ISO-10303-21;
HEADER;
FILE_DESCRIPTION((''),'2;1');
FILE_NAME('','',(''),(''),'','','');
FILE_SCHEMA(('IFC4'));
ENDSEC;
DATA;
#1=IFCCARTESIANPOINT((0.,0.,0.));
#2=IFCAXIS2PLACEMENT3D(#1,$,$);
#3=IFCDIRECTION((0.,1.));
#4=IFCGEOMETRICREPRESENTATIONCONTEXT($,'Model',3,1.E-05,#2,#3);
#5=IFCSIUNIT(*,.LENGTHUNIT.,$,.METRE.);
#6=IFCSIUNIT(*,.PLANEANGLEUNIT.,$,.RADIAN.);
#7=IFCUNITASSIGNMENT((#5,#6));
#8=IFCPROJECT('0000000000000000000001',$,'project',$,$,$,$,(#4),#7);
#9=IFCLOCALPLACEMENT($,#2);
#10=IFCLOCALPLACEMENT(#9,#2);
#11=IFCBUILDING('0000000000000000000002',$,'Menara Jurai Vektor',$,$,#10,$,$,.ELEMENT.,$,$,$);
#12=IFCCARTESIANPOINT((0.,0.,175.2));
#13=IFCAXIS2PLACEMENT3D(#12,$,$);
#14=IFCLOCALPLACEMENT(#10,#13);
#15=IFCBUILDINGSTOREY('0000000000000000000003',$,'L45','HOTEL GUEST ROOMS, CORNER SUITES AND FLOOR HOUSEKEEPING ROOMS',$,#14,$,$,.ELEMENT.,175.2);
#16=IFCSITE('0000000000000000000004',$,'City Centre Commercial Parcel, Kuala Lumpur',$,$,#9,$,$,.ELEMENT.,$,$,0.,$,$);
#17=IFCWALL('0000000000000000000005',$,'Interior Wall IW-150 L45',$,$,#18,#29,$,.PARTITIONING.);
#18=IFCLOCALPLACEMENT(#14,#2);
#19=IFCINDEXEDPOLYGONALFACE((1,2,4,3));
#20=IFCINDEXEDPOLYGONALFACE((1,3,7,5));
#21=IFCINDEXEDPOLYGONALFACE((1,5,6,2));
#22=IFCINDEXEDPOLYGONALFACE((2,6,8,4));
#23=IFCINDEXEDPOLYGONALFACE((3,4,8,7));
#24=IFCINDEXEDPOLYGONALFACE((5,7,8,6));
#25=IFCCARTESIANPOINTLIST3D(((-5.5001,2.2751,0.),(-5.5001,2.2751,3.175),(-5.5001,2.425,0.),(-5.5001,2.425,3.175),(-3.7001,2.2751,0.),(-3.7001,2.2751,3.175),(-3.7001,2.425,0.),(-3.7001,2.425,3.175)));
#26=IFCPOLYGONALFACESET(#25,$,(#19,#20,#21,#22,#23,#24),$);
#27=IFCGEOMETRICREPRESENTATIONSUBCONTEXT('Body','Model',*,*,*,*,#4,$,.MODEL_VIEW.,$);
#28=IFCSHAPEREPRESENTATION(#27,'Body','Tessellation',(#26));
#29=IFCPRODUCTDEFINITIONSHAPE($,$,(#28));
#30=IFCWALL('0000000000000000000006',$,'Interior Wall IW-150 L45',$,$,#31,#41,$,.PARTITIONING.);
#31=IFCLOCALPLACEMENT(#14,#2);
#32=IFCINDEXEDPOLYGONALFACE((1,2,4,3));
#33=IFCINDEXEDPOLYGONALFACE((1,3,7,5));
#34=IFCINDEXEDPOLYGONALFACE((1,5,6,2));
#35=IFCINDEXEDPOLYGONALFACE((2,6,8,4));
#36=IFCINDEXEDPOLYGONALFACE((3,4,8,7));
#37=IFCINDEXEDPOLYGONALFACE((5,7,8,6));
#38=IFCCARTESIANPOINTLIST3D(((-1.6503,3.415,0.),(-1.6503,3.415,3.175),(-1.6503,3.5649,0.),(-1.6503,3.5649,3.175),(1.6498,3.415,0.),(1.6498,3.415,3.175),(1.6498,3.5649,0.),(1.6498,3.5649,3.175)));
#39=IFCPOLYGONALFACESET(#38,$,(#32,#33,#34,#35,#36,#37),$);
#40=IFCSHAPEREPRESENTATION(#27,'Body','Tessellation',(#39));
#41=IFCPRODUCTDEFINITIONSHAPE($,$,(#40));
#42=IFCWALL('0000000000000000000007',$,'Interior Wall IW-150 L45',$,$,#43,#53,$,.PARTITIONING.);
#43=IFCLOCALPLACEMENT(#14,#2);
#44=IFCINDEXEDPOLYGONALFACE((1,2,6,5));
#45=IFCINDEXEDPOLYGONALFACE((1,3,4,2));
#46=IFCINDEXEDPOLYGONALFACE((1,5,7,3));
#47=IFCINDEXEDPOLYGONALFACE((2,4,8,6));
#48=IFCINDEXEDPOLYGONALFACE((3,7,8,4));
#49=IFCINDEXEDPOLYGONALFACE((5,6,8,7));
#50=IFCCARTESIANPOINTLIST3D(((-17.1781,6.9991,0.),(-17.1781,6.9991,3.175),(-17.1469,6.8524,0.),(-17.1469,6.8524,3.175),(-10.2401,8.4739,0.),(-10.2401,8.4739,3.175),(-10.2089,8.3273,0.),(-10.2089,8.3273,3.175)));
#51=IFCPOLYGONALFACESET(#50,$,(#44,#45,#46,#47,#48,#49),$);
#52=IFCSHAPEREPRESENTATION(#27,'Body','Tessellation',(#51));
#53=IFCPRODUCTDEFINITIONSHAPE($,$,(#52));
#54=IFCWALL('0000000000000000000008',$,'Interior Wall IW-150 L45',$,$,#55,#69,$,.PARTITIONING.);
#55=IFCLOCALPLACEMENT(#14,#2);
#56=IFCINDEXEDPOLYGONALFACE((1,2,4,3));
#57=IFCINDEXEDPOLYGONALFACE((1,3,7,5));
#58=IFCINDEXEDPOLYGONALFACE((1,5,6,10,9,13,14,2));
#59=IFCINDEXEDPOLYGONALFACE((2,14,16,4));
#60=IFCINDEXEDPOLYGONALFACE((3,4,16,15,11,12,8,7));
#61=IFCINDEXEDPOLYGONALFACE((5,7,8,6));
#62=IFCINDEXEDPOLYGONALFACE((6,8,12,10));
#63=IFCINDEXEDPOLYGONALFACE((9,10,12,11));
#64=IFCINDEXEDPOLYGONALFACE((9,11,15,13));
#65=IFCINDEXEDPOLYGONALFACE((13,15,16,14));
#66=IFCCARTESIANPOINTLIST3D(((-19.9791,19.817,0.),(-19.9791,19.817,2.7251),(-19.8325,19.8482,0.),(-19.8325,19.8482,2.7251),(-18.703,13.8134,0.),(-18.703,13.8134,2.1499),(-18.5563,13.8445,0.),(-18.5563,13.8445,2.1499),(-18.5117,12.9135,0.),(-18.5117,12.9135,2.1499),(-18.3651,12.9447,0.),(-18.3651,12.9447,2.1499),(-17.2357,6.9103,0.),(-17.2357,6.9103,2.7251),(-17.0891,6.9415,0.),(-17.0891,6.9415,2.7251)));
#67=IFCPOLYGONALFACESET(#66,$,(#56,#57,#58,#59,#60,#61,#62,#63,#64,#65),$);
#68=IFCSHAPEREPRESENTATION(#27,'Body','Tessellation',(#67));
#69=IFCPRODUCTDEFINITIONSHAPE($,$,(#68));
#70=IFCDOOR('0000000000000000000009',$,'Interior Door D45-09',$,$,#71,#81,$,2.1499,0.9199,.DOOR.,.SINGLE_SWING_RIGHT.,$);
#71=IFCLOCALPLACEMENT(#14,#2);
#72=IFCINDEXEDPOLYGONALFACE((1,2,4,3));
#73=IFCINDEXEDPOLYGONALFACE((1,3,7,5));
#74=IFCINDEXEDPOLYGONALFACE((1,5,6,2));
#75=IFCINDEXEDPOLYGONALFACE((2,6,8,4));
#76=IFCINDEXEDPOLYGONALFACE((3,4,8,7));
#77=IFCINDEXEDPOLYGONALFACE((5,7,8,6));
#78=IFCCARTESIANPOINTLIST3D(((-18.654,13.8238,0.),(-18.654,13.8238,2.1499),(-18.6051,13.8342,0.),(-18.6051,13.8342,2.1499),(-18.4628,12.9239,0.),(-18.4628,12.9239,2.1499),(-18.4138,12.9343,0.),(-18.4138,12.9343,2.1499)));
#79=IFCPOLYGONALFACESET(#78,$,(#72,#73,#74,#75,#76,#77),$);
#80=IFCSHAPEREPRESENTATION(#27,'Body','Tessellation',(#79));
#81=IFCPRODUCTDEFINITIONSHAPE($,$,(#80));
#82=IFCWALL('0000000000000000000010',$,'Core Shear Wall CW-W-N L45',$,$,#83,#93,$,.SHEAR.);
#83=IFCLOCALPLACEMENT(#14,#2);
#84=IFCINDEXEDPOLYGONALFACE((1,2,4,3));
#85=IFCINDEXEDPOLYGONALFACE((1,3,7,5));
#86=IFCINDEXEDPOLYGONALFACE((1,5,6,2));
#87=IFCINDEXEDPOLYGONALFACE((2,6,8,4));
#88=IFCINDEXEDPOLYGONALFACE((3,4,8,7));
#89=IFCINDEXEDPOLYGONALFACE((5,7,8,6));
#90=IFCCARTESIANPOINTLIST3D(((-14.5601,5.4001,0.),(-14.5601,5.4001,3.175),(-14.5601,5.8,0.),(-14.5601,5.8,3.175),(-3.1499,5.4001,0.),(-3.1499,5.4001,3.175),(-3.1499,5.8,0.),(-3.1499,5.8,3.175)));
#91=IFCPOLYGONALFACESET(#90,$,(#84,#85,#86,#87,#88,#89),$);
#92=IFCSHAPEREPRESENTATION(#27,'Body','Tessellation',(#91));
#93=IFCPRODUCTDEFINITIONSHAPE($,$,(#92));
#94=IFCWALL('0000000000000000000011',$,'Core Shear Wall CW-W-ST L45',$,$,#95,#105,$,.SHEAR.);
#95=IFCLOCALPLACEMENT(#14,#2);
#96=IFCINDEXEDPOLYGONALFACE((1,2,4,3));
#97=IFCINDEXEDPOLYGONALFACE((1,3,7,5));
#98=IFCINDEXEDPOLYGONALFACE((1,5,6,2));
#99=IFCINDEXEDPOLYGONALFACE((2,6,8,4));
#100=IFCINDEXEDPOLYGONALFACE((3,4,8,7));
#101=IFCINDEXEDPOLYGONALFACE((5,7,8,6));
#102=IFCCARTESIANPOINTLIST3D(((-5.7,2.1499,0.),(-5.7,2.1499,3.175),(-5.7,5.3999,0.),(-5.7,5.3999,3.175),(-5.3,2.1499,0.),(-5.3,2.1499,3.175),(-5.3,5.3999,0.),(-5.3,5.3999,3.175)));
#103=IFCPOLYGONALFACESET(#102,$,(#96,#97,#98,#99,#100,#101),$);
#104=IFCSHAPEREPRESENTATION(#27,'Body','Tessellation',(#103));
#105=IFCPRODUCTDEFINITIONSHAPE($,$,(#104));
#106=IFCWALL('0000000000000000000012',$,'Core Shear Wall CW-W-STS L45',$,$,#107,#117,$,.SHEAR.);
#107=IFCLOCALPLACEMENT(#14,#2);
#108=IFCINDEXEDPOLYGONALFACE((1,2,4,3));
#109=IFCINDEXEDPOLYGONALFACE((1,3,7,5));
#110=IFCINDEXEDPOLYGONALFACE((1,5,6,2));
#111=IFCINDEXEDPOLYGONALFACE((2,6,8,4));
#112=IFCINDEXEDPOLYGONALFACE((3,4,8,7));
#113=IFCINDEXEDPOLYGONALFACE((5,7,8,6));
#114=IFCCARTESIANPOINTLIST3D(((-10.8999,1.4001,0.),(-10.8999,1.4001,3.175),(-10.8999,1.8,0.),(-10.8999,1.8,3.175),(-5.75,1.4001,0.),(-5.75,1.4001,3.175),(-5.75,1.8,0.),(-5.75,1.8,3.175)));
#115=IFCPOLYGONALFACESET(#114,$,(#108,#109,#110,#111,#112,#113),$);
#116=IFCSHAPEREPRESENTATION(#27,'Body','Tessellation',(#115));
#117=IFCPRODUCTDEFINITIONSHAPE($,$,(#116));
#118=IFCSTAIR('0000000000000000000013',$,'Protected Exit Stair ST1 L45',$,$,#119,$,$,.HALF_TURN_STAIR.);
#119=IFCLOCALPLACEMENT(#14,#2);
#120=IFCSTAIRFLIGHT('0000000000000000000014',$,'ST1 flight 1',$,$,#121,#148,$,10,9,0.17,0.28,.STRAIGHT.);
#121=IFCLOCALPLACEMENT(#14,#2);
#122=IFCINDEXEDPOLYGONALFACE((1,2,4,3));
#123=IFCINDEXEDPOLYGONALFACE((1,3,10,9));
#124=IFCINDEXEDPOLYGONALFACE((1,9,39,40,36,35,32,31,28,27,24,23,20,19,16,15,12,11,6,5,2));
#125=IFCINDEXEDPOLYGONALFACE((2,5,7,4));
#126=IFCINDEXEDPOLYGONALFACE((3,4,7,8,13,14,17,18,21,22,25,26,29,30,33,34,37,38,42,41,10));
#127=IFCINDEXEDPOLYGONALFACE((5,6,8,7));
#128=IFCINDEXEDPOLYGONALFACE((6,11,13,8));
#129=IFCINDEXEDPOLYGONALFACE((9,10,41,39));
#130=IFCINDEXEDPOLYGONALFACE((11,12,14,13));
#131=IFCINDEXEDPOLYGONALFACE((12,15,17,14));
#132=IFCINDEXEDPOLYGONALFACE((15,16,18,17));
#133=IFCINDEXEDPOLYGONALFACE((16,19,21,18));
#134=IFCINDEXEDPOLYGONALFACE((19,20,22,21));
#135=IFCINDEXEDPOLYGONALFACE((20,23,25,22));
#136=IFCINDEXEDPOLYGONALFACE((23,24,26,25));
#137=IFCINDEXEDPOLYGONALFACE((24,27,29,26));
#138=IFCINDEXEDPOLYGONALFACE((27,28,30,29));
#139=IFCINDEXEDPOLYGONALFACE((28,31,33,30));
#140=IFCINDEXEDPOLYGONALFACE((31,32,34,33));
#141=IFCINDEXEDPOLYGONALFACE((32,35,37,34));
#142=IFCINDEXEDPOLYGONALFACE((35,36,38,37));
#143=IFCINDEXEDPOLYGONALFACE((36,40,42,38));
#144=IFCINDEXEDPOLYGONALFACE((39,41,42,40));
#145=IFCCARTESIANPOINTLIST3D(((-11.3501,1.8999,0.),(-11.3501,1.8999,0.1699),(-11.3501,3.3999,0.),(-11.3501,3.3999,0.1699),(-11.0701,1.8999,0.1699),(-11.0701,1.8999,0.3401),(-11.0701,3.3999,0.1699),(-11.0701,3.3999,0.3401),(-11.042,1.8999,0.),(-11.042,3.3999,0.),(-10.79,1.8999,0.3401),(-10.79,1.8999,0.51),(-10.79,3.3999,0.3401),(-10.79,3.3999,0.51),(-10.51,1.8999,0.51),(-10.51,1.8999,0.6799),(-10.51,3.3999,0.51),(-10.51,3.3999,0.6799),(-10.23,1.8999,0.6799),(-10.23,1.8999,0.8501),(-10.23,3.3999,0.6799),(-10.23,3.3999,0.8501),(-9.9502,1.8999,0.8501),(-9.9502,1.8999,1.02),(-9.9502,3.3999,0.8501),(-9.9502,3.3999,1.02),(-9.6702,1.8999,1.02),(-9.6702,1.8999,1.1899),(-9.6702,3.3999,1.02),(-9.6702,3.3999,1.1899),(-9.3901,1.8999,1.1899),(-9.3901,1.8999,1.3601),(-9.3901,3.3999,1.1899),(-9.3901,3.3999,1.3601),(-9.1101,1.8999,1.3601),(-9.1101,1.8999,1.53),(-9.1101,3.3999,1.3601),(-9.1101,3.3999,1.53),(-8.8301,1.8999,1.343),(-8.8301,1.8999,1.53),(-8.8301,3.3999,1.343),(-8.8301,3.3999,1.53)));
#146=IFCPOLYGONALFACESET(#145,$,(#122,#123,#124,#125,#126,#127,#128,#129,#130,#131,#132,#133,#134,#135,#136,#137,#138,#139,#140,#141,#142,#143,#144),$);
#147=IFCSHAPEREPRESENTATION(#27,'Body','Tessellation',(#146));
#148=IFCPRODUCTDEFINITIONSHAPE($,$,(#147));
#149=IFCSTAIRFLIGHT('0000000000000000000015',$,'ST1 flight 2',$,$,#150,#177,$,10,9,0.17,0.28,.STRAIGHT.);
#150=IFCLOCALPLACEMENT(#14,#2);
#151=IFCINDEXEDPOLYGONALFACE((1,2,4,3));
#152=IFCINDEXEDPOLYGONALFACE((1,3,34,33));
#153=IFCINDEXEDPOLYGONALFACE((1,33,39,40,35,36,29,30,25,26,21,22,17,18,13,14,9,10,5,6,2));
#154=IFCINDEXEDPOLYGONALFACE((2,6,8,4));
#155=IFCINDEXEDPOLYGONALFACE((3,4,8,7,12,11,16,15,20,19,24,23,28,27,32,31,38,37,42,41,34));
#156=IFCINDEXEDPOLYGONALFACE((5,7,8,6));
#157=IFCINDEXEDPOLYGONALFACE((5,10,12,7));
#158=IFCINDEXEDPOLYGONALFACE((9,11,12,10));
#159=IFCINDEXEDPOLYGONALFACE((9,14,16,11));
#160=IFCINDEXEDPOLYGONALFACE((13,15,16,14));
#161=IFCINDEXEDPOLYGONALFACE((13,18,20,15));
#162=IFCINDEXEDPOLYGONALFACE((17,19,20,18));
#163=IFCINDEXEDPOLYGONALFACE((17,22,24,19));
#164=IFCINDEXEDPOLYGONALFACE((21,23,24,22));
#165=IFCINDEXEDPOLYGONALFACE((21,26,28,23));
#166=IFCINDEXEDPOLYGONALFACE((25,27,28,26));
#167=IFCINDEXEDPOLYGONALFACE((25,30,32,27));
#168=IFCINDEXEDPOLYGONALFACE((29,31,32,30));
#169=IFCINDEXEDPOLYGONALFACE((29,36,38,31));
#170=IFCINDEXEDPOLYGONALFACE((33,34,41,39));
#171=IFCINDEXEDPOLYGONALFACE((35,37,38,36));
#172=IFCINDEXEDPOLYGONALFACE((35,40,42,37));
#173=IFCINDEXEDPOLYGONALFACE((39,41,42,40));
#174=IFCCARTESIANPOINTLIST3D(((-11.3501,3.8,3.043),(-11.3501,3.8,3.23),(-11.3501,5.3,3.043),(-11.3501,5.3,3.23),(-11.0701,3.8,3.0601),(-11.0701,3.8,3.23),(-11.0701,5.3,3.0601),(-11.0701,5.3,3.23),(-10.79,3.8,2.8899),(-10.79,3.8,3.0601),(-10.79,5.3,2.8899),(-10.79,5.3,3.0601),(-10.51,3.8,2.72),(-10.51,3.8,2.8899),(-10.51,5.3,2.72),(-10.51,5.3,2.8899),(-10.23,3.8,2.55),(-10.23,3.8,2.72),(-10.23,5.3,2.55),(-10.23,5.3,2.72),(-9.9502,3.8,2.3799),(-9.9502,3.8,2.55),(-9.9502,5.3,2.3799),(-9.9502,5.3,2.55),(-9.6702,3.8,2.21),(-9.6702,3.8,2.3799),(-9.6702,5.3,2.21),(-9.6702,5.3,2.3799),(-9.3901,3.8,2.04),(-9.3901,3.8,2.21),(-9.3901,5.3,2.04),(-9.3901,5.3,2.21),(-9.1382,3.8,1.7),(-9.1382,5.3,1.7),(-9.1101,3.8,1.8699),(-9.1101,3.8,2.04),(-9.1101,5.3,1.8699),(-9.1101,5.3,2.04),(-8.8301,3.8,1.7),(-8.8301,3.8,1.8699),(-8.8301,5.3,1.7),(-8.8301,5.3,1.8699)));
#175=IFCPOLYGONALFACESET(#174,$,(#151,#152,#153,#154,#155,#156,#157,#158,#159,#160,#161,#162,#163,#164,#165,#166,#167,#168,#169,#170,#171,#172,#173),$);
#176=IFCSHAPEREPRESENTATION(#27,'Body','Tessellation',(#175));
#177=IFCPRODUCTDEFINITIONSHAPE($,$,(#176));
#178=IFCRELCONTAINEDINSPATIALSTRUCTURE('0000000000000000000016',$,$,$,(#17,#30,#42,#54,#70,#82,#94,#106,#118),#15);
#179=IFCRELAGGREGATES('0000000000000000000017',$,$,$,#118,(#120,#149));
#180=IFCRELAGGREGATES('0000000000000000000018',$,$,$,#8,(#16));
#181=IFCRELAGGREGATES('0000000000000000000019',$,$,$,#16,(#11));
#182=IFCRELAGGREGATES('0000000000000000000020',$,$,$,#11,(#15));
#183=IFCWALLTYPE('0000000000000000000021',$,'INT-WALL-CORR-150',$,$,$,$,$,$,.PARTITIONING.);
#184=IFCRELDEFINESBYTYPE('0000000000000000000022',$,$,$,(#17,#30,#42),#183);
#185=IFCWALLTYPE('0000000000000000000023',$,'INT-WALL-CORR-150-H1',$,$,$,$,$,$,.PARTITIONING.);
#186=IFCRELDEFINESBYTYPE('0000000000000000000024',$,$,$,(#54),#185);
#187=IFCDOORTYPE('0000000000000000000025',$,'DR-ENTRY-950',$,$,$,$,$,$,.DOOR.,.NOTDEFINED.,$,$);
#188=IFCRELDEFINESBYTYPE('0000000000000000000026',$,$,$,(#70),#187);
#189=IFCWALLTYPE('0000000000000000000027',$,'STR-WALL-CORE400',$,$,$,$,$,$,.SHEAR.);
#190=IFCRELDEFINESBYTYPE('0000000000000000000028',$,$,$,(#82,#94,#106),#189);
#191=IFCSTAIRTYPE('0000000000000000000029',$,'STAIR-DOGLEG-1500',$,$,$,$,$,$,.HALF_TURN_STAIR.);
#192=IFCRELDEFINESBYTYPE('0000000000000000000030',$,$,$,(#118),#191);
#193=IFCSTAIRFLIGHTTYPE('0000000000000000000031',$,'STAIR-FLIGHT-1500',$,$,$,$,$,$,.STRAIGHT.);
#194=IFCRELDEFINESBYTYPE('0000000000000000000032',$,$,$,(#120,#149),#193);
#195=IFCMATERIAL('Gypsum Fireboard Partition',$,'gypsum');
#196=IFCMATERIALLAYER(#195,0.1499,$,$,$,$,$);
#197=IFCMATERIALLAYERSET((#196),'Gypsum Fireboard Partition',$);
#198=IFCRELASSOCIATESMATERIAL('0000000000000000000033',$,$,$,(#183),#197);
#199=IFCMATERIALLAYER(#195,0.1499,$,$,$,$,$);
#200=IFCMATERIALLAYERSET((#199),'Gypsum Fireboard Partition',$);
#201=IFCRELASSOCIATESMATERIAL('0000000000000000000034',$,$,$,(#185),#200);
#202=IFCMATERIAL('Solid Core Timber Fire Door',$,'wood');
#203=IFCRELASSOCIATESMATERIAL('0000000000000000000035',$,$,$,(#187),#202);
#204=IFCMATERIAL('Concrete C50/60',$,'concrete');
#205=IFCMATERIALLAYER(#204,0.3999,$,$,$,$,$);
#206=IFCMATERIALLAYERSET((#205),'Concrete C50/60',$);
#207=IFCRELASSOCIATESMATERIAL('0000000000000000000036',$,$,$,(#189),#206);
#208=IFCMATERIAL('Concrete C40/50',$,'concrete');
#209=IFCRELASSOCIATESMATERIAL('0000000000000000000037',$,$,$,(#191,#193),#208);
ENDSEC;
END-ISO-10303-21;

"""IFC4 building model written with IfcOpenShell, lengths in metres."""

from ifc_helpers import new_model, si_unit, direction, frame, frame_2d, origin, place, context, subcontext, project, spatial, polyline, rectangle, outline, extrude, material, layer, layer_set, type_object, element, fill, aggregate, save


model = new_model("IFC4")

# Units and contexts
model_context = context("Model", 3, precision=1e-05, world=origin(), true_north=direction((0.0, 1.0)))
body_context = subcontext(model_context, "Body", "Model", "MODEL_VIEW")
ifc_project = project(units=[si_unit("LENGTHUNIT", "METRE"), si_unit("PLANEANGLEUNIT", "RADIAN")], contexts=[model_context])

# Site, building, storey
site_placement = place(None, origin())
site = spatial("IfcSite", under=ifc_project, at=site_placement, Name="City Centre Commercial Parcel, Kuala Lumpur", CompositionType="ELEMENT", RefElevation=0.0)
building_placement = place(site_placement, origin())
building = spatial("IfcBuilding", under=site, at=building_placement, Name="Menara Jurai Vektor", CompositionType="ELEMENT")
storey_placement = place(building_placement, frame((0.0, 0.0, 175.2)))
storey = spatial("IfcBuildingStorey", under=building, at=storey_placement, Name="L45", Description="HOTEL GUEST ROOMS, CORNER SUITES AND FLOOR HOUSEKEEPING ROOMS", CompositionType="ELEMENT", Elevation=175.2)

# Shared definitions
ifc_material_1 = material(Name="Concrete C50/60", Category="concrete")

# Shared definitions
ifc_material_2 = material(Name="Concrete C40/50", Category="concrete")

# Walls
ifc_material_3 = material(Name="Gypsum Fireboard Partition", Category="gypsum")
ifc_layer_1 = layer(ifc_material_3, 0.1499)
ifc_layer_set_1 = layer_set([ifc_layer_1], Name="Gypsum Fireboard Partition")
wall_type_1 = type_object("IfcWallType", Name="INT-WALL-CORR-150", PredefinedType="PARTITIONING", material=ifc_layer_set_1)
for number, where, z_axis, x_axis, name in (
    (1, (-5.5, 2.3501, 0.0), (0.0, 0.0, 1.0), (1.0, 0.0, 0.0), "Interior Wall IW-150 L45"),
):
    element("IfcWall", number, at=place(storey_placement, frame(where, z_axis=z_axis, x_axis=x_axis)), inside=storey, type_object=wall_type_1, Name=name, PredefinedType="PARTITIONING", context=body_context, shape_type="SweptSolid", body=[
        extrude(rectangle(XDim=1.8, YDim=0.1499, at=frame_2d((0.8999, 0.0))), origin(), (0.0, 0.0, 1.0), 3.175),
    ])
wall_1_placement = place(storey_placement, frame((-1.6501, 3.49, 0.0), z_axis=(0.0, 0.0, 1.0), x_axis=(1.0, 0.0, 0.0)))
element("IfcWall", 2, at=wall_1_placement, inside=storey, type_object=wall_type_1, Name="Interior Wall IW-150 L45", PredefinedType="PARTITIONING", context=body_context, shape_type="SweptSolid", body=[
    extrude(rectangle(XDim=3.3, YDim=0.1499, at=frame_2d((1.6499, 0.0))), origin(), (0.0, 0.0, 1.0), 3.175),
])
wall_2_placement = place(storey_placement, frame((-17.1624, 6.9258, 0.0), z_axis=(0.0, 0.0, 1.0), x_axis=(0.978144, 0.20793, 0.0)))
element("IfcWall", 3, at=wall_2_placement, inside=storey, type_object=wall_type_1, Name="Interior Wall IW-150 L45", PredefinedType="PARTITIONING", context=body_context, shape_type="SweptSolid", body=[
    extrude(rectangle(XDim=7.093, YDim=0.1499, at=frame_2d((3.5464, 0.0))), origin(), (0.0, 0.0, 1.0), 3.175),
])

# Wall, opening, door
ifc_layer_2 = layer(ifc_material_3, 0.1499)
ifc_layer_set_2 = layer_set([ifc_layer_2], Name="Gypsum Fireboard Partition")
wall_type_2 = type_object("IfcWallType", Name="INT-WALL-CORR-150-H1", PredefinedType="PARTITIONING", material=ifc_layer_set_2)
wall_3_placement = place(storey_placement, frame((-17.1624, 6.9258, 0.0), z_axis=(0.0, 0.0, 1.0), x_axis=(-0.207911, 0.978148, 0.0)))
wall_3 = element("IfcWall", 4, at=wall_3_placement, inside=storey, type_object=wall_type_2, Name="Interior Wall IW-150 L45", PredefinedType="PARTITIONING", context=body_context, shape_type="SweptSolid", body=[
    extrude(rectangle(XDim=13.1951, YDim=0.1499, at=frame_2d((6.5977, 0.0))), origin(), (0.0, 0.0, 1.0), 2.7251),
])
opening_1_placement = place(wall_3_placement, frame((6.1375, 0.0, 0.0)))
opening_1 = element("IfcOpeningElement", 5, at=opening_1_placement, cuts=wall_3, PredefinedType="OPENING", context=body_context, shape_type="SweptSolid", body=[
    extrude(rectangle(XDim=0.9199, YDim=2.1499, at=frame_2d((0.46, 1.075))), frame((0.0, 0.085, 0.0), z_axis=(0.0, -1.0, 0.0), x_axis=(1.0, 0.0, 0.0)), (0.0, 0.0, 1.0), 0.1699),
])
ifc_material_4 = material(Name="Solid Core Timber Fire Door", Category="wood")
door_type_1 = type_object("IfcDoorType", Name="DR-ENTRY-950", OperationType="NOTDEFINED", PredefinedType="DOOR", material=ifc_material_4)
door_1_placement = place(opening_1_placement, origin())
door_1 = element("IfcDoor", 6, at=door_1_placement, inside=storey, type_object=door_type_1, Name="Interior Door D45-09", OperationType="SINGLE_SWING_RIGHT", OverallHeight=2.1499, OverallWidth=0.9199, PredefinedType="DOOR", context=body_context, shape_type="SweptSolid", body=[
    extrude(rectangle(XDim=0.9199, YDim=2.1499, at=frame_2d((0.46, 1.075))), frame((0.0, 0.0249, 0.0), z_axis=(0.0, -1.0, 0.0), x_axis=(1.0, 0.0, 0.0)), (0.0, 0.0, 1.0), 0.05),
])
fill(opening_1, door_1)

# Walls
ifc_layer_3 = layer(ifc_material_1, 0.3999)
ifc_layer_set_3 = layer_set([ifc_layer_3], Name="Concrete C50/60")
wall_type_3 = type_object("IfcWallType", Name="STR-WALL-CORE400", PredefinedType="SHEAR", material=ifc_layer_set_3)
wall_4_placement = place(storey_placement, frame((-14.5601, 5.6001, 0.0), z_axis=(0.0, 0.0, 1.0), x_axis=(1.0, 0.0, 0.0)))
element("IfcWall", 7, at=wall_4_placement, inside=storey, type_object=wall_type_3, Name="Core Shear Wall CW-W-N L45", PredefinedType="SHEAR", context=body_context, shape_type="SweptSolid", body=[
    extrude(rectangle(XDim=11.4102, YDim=0.3999, at=frame_2d((5.7051, 0.0))), origin(), (0.0, 0.0, 1.0), 3.175),
])
wall_5_placement = place(storey_placement, frame((-5.5, 2.1499, 0.0), z_axis=(0.0, 0.0, 1.0), x_axis=(0.0, 1.0, 0.0)))
element("IfcWall", 8, at=wall_5_placement, inside=storey, type_object=wall_type_3, Name="Core Shear Wall CW-W-ST L45", PredefinedType="SHEAR", context=body_context, shape_type="SweptSolid", body=[
    extrude(rectangle(XDim=3.25, YDim=0.3999, at=frame_2d((1.625, 0.0))), origin(), (0.0, 0.0, 1.0), 3.175),
])
wall_6_placement = place(storey_placement, frame((-10.8999, 1.6001, 0.0), z_axis=(0.0, 0.0, 1.0), x_axis=(1.0, 0.0, 0.0)))
element("IfcWall", 9, at=wall_6_placement, inside=storey, type_object=wall_type_3, Name="Core Shear Wall CW-W-STS L45", PredefinedType="SHEAR", context=body_context, shape_type="SweptSolid", body=[
    extrude(rectangle(XDim=5.1499, YDim=0.3999, at=frame_2d((2.575, 0.0))), origin(), (0.0, 0.0, 1.0), 3.175),
])

# Stair, stair flights
stair_type = type_object("IfcStairType", Name="STAIR-DOGLEG-1500", PredefinedType="HALF_TURN_STAIR", material=ifc_material_2)
stair_placement = place(storey_placement, origin())
stair = element("IfcStair", 10, at=stair_placement, inside=storey, type_object=stair_type, Name="Protected Exit Stair ST1 L45", PredefinedType="HALF_TURN_STAIR")
stair_flight_type = type_object("IfcStairFlightType", Name="STAIR-FLIGHT-1500", PredefinedType="STRAIGHT", material=ifc_material_2)
stair_flight_1_placement = place(storey_placement, frame((-11.3501, 2.6499, 0.0), z_axis=(0.0, 0.0, 1.0), x_axis=(1.0, 0.0, 0.0)))
stair_flight_1 = element("IfcStairFlight", 11, at=stair_flight_1_placement, type_object=stair_flight_type, Name="ST1 flight 1", NumberOfRisers=10, NumberOfTreads=9, PredefinedType="STRAIGHT", RiserHeight=0.17, TreadLength=0.28, context=body_context, shape_type="SweptSolid", body=[
    extrude(outline(polyline([(0.0, 0.0), (0.0, 0.1699), (0.28, 0.1699), (0.28, 0.3401), (0.5601, 0.3401), (0.5601, 0.51), (0.8401, 0.51), (0.8401, 0.6799), (1.1201, 0.6799), (1.1201, 0.8501), (1.3999, 0.8501), (1.3999, 1.02), (1.6799, 1.02), (1.6799, 1.1899), (1.96, 1.1899), (1.96, 1.3601), (2.24, 1.3601), (2.24, 1.53), (2.52, 1.53), (2.52, 1.7), (2.52, 1.343), (0.3081, 0.0), (0.0, 0.0)])), frame((0.0, 0.75, 0.0), z_axis=(0.0, -1.0, 0.0), x_axis=(1.0, 0.0, 0.0)), (0.0, 0.0, 1.0), 1.5),
])
stair_flight_2_placement = place(storey_placement, frame((-8.8301, 4.55, 1.7), z_axis=(0.0, 0.0, 1.0), x_axis=(-1.0, 0.0, 0.0)))
stair_flight_2 = element("IfcStairFlight", 12, at=stair_flight_2_placement, type_object=stair_flight_type, Name="ST1 flight 2", NumberOfRisers=10, NumberOfTreads=9, PredefinedType="STRAIGHT", RiserHeight=0.17, TreadLength=0.28, context=body_context, shape_type="SweptSolid", body=[
    extrude(outline(polyline([(0.0, 0.0), (0.0, 0.1699), (0.28, 0.1699), (0.28, 0.3401), (0.5601, 0.3401), (0.5601, 0.51), (0.8401, 0.51), (0.8401, 0.6799), (1.1201, 0.6799), (1.1201, 0.8501), (1.3999, 0.8501), (1.3999, 1.02), (1.6799, 1.02), (1.6799, 1.1899), (1.96, 1.1899), (1.96, 1.3601), (2.24, 1.3601), (2.24, 1.53), (2.52, 1.53), (2.52, 1.7), (2.52, 1.343), (0.3081, 0.0), (0.0, 0.0)])), frame((0.0, 0.75, 0.0), z_axis=(0.0, -1.0, 0.0), x_axis=(1.0, 0.0, 0.0)), (0.0, 0.0, 1.0), 1.5),
])
aggregate(stair, [stair_flight_1, stair_flight_2])

save(model, "model.ifc")
